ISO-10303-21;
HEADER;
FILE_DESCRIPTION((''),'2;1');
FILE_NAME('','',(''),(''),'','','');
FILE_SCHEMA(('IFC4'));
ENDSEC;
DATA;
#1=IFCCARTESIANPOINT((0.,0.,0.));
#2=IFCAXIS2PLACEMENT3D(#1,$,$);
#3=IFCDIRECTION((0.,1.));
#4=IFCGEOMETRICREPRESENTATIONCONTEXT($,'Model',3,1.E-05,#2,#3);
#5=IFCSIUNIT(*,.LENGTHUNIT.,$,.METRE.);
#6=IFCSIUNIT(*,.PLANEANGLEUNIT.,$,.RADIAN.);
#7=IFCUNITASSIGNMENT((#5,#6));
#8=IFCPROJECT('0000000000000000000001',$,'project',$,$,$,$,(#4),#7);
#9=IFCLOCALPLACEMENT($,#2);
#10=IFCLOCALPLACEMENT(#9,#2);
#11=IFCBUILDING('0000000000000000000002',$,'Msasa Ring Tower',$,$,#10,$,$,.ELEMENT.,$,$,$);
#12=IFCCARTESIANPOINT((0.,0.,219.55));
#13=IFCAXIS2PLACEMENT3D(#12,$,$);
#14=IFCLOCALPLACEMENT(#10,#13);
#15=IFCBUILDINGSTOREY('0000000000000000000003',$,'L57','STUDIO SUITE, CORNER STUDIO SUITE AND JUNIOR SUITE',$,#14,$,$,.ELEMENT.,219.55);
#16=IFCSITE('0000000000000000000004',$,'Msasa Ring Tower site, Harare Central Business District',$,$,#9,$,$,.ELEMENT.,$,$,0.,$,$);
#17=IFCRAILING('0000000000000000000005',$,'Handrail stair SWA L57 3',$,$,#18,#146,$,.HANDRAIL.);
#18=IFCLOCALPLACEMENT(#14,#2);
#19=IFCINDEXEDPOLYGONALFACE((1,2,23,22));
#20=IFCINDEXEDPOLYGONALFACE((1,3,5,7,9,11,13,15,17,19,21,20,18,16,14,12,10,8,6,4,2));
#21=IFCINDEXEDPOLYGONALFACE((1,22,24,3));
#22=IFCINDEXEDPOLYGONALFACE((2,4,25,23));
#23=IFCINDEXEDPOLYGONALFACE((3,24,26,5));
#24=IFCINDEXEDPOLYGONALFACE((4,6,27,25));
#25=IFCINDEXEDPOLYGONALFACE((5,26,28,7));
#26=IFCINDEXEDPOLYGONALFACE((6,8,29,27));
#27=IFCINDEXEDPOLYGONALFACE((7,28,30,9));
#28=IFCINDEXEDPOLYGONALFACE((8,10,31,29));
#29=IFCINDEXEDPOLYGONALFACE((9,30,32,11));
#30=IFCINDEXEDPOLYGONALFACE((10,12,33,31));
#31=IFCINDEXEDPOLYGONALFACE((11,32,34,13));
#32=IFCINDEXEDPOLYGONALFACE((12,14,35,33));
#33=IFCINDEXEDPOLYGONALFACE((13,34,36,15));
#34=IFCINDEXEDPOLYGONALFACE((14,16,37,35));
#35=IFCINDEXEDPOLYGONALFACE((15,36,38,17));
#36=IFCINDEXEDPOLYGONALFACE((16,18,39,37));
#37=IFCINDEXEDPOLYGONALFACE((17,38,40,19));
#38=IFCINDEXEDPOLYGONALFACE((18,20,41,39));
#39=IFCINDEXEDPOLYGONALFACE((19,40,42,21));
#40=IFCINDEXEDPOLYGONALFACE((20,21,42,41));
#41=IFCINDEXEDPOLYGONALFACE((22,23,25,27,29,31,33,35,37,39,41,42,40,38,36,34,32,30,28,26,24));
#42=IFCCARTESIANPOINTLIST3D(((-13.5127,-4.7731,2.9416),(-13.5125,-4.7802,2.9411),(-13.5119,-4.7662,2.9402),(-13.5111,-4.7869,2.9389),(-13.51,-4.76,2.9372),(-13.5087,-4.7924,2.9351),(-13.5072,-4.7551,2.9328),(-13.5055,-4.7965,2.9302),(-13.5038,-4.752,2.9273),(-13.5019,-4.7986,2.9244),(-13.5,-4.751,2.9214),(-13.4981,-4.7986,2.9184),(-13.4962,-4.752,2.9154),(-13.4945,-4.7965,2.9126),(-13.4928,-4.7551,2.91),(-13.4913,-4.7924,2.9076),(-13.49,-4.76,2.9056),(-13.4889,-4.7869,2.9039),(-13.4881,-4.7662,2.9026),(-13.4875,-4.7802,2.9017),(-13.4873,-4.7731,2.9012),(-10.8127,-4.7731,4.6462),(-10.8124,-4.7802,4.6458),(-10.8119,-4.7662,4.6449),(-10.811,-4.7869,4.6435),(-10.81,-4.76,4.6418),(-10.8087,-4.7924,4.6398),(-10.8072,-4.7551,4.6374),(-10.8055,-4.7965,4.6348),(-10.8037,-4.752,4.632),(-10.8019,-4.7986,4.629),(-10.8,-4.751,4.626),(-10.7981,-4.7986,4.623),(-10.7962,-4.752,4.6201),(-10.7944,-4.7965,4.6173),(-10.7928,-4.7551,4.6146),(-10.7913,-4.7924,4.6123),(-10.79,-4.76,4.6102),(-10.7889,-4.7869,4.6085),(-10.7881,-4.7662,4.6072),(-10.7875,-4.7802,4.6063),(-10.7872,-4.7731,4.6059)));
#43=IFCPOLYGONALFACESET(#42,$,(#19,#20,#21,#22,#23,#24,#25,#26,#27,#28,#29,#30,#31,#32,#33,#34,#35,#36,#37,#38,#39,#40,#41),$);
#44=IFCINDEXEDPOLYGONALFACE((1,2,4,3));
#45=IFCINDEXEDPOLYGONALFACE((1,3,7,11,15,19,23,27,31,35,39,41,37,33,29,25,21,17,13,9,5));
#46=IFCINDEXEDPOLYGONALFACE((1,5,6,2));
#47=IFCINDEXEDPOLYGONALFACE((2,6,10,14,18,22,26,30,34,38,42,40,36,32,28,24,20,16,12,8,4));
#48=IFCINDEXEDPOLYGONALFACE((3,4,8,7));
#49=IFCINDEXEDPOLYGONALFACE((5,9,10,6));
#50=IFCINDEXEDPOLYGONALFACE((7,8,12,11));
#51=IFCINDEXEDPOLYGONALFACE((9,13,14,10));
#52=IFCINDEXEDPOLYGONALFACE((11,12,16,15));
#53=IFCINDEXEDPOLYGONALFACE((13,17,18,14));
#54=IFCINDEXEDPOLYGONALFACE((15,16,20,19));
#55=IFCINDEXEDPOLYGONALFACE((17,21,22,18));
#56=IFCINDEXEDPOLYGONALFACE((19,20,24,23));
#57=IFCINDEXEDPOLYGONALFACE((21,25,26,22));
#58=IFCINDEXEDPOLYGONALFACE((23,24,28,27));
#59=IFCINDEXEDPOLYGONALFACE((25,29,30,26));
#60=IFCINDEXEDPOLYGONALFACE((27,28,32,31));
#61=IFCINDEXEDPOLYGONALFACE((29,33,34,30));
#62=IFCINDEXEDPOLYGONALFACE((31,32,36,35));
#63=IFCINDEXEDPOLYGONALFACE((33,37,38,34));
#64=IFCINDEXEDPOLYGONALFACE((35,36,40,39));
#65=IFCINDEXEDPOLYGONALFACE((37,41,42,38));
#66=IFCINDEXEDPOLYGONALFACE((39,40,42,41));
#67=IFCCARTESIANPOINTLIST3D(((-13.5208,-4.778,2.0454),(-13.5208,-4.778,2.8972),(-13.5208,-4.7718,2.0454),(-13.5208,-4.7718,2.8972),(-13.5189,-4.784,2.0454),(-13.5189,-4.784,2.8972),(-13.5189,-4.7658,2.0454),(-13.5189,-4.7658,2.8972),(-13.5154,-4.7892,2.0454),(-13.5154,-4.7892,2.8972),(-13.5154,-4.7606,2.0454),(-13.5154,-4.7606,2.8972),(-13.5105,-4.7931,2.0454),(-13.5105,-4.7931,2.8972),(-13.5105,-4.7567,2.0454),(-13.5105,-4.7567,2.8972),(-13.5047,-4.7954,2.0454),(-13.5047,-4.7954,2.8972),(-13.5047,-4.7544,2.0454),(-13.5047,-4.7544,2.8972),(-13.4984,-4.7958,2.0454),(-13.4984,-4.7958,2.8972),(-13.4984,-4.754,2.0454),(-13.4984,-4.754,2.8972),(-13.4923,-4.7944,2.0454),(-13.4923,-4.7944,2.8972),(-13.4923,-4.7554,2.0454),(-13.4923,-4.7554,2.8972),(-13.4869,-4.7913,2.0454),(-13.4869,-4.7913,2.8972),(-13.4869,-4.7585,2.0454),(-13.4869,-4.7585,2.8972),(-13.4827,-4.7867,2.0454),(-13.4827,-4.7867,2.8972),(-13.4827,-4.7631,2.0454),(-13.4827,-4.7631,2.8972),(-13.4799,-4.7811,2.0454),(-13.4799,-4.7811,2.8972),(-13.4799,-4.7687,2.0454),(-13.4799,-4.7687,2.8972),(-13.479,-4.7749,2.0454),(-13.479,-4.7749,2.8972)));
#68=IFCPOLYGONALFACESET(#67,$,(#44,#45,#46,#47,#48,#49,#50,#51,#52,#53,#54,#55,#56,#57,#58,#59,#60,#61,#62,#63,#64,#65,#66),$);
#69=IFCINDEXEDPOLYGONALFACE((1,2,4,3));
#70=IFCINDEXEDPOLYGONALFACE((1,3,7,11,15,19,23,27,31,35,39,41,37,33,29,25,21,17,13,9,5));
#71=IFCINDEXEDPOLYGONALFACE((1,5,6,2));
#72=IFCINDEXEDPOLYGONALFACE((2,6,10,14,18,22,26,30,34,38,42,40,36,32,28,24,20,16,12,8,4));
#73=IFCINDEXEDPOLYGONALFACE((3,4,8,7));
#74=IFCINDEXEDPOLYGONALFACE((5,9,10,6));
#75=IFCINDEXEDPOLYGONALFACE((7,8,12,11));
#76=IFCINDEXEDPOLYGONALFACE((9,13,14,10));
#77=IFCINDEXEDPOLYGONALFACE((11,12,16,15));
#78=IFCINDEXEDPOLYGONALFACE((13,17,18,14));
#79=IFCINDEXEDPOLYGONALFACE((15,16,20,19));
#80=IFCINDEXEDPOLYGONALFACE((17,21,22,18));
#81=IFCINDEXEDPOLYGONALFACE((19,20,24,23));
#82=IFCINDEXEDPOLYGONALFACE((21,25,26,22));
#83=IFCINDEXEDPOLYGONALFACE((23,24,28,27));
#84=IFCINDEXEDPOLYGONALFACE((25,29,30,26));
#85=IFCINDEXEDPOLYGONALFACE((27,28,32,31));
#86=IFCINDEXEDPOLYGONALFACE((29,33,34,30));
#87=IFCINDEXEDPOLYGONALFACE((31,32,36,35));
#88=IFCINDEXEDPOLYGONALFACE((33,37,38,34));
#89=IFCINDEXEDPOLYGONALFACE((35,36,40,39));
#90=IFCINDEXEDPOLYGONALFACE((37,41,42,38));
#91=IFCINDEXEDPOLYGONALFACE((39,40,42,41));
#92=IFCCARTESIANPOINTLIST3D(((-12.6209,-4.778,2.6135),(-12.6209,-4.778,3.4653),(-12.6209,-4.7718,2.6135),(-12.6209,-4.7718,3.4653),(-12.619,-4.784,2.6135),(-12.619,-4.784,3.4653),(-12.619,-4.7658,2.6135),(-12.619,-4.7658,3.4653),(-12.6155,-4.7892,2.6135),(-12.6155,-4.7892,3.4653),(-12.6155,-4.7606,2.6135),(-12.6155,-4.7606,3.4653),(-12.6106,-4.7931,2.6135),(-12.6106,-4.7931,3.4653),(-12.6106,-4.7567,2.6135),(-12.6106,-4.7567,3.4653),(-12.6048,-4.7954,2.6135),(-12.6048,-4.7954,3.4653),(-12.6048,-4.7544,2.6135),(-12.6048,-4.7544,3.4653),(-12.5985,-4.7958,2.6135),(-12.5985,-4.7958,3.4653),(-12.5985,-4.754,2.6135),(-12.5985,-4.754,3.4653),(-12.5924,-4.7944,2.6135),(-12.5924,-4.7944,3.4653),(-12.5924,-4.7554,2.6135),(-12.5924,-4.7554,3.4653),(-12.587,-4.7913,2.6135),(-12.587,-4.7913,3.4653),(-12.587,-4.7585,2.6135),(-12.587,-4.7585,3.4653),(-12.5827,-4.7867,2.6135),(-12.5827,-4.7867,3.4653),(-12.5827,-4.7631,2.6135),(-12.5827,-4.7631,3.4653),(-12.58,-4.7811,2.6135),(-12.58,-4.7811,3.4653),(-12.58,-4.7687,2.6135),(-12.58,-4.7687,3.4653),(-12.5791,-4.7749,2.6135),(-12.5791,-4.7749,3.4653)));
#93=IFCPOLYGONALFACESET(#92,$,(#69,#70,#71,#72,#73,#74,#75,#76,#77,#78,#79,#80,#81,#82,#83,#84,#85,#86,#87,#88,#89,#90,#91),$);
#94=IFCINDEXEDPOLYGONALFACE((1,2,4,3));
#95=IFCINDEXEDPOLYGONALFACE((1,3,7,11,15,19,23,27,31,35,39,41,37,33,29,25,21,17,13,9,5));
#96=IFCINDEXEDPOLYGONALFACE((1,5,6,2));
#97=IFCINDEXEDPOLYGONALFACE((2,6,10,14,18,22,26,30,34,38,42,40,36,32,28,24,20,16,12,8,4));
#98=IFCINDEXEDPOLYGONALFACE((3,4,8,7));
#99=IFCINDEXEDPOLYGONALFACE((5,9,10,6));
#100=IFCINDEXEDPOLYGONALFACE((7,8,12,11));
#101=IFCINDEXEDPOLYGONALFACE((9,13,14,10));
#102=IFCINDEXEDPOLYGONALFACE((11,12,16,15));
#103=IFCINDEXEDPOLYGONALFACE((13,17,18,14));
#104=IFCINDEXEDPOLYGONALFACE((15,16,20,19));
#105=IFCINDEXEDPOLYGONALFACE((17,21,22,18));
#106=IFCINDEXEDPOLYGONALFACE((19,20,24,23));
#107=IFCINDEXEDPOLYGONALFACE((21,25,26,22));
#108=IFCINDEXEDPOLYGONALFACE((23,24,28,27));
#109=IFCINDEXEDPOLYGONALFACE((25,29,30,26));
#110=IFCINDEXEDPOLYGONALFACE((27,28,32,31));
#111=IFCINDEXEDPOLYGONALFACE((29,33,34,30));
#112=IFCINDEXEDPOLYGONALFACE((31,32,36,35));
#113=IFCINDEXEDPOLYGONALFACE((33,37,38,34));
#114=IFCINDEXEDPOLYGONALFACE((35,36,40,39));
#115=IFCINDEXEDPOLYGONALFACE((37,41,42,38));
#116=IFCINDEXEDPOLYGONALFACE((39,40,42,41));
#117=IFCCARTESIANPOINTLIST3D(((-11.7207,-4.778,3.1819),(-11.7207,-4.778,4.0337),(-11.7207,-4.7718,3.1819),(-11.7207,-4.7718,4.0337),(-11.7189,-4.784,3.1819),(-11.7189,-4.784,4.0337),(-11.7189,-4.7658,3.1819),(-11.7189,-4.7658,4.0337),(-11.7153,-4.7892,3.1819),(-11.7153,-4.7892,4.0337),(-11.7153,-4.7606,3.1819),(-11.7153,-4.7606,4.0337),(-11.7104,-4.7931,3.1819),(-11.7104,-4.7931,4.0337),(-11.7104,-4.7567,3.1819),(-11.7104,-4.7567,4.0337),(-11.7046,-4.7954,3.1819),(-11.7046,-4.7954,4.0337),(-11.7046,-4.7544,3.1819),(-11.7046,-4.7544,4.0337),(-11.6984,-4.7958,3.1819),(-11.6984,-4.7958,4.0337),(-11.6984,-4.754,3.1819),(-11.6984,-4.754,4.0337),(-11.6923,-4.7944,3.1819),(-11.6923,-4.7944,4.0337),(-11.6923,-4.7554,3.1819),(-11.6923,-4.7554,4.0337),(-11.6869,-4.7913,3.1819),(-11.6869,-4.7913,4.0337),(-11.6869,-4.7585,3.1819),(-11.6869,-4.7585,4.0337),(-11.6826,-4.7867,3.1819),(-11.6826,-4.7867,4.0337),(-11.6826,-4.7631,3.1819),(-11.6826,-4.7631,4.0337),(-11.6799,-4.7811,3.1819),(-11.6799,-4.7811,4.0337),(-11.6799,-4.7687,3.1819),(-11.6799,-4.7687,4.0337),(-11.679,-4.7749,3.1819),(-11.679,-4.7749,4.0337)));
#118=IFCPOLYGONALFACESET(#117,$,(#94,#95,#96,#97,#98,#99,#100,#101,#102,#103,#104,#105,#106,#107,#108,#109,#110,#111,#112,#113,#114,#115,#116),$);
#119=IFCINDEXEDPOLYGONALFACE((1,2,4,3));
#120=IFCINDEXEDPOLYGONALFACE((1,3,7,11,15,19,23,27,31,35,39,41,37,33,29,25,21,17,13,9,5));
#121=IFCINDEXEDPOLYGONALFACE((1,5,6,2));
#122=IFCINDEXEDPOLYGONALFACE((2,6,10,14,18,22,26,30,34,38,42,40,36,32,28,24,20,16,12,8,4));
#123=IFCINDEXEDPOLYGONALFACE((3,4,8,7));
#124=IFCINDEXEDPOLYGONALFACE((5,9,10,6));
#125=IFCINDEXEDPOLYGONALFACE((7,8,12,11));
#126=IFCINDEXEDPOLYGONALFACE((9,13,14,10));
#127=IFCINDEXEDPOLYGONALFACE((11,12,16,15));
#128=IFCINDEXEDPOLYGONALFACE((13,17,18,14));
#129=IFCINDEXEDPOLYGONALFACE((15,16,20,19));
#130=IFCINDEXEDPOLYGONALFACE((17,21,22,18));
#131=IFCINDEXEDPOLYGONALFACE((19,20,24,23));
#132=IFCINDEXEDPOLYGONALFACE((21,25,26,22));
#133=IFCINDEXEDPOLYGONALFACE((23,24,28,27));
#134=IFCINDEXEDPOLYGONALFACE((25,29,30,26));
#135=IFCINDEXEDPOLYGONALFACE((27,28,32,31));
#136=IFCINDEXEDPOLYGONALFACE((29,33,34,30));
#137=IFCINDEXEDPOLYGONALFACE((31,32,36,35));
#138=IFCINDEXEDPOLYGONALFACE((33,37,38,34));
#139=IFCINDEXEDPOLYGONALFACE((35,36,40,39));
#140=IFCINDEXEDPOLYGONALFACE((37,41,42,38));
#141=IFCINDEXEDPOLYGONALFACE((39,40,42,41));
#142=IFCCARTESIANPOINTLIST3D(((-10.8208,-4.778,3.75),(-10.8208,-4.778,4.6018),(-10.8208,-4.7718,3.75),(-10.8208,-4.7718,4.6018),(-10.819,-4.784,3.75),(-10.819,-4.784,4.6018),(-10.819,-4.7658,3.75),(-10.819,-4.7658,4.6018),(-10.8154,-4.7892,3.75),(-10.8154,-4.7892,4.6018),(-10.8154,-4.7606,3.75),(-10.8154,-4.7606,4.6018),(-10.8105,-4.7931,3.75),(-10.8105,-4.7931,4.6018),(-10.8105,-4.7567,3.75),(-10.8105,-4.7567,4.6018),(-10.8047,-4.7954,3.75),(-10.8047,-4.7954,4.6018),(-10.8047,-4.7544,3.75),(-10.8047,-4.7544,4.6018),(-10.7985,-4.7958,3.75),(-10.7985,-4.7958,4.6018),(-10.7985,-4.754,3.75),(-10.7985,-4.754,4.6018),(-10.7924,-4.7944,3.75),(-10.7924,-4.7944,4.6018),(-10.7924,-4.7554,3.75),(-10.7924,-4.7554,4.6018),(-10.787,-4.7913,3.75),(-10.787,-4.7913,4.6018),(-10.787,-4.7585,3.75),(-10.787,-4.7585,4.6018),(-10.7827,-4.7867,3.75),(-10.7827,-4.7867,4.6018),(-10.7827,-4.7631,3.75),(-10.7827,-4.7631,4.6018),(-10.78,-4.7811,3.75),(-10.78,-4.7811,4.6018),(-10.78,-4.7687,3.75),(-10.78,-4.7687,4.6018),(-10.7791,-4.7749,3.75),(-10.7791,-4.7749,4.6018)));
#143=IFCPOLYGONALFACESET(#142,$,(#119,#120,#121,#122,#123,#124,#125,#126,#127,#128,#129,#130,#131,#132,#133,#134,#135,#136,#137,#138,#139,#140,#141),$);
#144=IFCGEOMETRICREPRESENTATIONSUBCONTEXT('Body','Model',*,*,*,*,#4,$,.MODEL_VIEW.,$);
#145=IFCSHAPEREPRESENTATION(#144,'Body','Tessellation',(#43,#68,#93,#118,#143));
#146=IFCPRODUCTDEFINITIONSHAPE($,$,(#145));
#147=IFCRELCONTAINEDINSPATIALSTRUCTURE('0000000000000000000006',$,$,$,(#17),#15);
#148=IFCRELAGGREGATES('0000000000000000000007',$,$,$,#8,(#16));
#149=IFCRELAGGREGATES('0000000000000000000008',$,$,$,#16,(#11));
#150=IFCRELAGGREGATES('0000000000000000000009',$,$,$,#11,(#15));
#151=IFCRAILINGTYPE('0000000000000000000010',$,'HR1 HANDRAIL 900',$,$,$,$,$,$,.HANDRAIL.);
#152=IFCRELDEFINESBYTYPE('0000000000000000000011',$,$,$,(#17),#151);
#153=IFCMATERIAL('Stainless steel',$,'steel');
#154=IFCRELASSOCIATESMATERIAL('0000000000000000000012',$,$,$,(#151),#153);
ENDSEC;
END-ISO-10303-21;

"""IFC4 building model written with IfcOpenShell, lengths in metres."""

from ifc_helpers import new_model, si_unit, direction, frame, origin, origin_2d, place, context, subcontext, project, spatial, circle, extrude, material, type_object, element, save


model = new_model("IFC4")

# Units and contexts
model_context = context("Model", 3, precision=1e-05, world=origin(), true_north=direction((0.0, 1.0)))
body_context = subcontext(model_context, "Body", "Model", "MODEL_VIEW")
ifc_project = project(units=[si_unit("LENGTHUNIT", "METRE"), si_unit("PLANEANGLEUNIT", "RADIAN")], contexts=[model_context])

# Site, building, storey
site_placement = place(None, origin())
site = spatial("IfcSite", under=ifc_project, at=site_placement, Name="Msasa Ring Tower site, Harare Central Business District", CompositionType="ELEMENT", RefElevation=0.0)
building_placement = place(site_placement, origin())
building = spatial("IfcBuilding", under=site, at=building_placement, Name="Msasa Ring Tower", CompositionType="ELEMENT")
storey_placement = place(building_placement, frame((0.0, 0.0, 219.55)))
storey = spatial("IfcBuildingStorey", under=building, at=storey_placement, Name="L57", Description="STUDIO SUITE, CORNER STUDIO SUITE AND JUNIOR SUITE", CompositionType="ELEMENT", Elevation=219.55)

# Railing
ifc_material_1 = material(Name="Stainless steel", Category="steel")
railing_type = type_object("IfcRailingType", Name="HR1 HANDRAIL 900", PredefinedType="HANDRAIL", material=ifc_material_1)
for number, where, name in (
    (1, (-13.5, -4.7749, 2.0454), "Handrail stair SWA L57 3"),
):
    element("IfcRailing", number, at=place(storey_placement, frame(where)), inside=storey, type_object=railing_type, Name=name, PredefinedType="HANDRAIL", context=body_context, shape_type="SweptSolid", body=[
        extrude(circle(Radius=0.0239, at=origin_2d()), frame((0.0, 0.0, 0.876), z_axis=(0.84558, 0.0, 0.533849), x_axis=(0.0, 1.0, 0.0)), (0.0, 0.0, 1.0), 3.1931),
        extrude(circle(Radius=0.021, at=origin_2d()), origin(), (0.0, 0.0, 1.0), 0.8518),
        extrude(circle(Radius=0.021, at=origin_2d()), frame((0.8999, 0.0, 0.5681)), (0.0, 0.0, 1.0), 0.8518),
        extrude(circle(Radius=0.021, at=origin_2d()), frame((1.8, 0.0, 1.1365)), (0.0, 0.0, 1.0), 0.8518),
        extrude(circle(Radius=0.021, at=origin_2d()), frame((2.7, 0.0, 1.7046)), (0.0, 0.0, 1.0), 0.8518),
    ])

save(model, "model.ifc")
